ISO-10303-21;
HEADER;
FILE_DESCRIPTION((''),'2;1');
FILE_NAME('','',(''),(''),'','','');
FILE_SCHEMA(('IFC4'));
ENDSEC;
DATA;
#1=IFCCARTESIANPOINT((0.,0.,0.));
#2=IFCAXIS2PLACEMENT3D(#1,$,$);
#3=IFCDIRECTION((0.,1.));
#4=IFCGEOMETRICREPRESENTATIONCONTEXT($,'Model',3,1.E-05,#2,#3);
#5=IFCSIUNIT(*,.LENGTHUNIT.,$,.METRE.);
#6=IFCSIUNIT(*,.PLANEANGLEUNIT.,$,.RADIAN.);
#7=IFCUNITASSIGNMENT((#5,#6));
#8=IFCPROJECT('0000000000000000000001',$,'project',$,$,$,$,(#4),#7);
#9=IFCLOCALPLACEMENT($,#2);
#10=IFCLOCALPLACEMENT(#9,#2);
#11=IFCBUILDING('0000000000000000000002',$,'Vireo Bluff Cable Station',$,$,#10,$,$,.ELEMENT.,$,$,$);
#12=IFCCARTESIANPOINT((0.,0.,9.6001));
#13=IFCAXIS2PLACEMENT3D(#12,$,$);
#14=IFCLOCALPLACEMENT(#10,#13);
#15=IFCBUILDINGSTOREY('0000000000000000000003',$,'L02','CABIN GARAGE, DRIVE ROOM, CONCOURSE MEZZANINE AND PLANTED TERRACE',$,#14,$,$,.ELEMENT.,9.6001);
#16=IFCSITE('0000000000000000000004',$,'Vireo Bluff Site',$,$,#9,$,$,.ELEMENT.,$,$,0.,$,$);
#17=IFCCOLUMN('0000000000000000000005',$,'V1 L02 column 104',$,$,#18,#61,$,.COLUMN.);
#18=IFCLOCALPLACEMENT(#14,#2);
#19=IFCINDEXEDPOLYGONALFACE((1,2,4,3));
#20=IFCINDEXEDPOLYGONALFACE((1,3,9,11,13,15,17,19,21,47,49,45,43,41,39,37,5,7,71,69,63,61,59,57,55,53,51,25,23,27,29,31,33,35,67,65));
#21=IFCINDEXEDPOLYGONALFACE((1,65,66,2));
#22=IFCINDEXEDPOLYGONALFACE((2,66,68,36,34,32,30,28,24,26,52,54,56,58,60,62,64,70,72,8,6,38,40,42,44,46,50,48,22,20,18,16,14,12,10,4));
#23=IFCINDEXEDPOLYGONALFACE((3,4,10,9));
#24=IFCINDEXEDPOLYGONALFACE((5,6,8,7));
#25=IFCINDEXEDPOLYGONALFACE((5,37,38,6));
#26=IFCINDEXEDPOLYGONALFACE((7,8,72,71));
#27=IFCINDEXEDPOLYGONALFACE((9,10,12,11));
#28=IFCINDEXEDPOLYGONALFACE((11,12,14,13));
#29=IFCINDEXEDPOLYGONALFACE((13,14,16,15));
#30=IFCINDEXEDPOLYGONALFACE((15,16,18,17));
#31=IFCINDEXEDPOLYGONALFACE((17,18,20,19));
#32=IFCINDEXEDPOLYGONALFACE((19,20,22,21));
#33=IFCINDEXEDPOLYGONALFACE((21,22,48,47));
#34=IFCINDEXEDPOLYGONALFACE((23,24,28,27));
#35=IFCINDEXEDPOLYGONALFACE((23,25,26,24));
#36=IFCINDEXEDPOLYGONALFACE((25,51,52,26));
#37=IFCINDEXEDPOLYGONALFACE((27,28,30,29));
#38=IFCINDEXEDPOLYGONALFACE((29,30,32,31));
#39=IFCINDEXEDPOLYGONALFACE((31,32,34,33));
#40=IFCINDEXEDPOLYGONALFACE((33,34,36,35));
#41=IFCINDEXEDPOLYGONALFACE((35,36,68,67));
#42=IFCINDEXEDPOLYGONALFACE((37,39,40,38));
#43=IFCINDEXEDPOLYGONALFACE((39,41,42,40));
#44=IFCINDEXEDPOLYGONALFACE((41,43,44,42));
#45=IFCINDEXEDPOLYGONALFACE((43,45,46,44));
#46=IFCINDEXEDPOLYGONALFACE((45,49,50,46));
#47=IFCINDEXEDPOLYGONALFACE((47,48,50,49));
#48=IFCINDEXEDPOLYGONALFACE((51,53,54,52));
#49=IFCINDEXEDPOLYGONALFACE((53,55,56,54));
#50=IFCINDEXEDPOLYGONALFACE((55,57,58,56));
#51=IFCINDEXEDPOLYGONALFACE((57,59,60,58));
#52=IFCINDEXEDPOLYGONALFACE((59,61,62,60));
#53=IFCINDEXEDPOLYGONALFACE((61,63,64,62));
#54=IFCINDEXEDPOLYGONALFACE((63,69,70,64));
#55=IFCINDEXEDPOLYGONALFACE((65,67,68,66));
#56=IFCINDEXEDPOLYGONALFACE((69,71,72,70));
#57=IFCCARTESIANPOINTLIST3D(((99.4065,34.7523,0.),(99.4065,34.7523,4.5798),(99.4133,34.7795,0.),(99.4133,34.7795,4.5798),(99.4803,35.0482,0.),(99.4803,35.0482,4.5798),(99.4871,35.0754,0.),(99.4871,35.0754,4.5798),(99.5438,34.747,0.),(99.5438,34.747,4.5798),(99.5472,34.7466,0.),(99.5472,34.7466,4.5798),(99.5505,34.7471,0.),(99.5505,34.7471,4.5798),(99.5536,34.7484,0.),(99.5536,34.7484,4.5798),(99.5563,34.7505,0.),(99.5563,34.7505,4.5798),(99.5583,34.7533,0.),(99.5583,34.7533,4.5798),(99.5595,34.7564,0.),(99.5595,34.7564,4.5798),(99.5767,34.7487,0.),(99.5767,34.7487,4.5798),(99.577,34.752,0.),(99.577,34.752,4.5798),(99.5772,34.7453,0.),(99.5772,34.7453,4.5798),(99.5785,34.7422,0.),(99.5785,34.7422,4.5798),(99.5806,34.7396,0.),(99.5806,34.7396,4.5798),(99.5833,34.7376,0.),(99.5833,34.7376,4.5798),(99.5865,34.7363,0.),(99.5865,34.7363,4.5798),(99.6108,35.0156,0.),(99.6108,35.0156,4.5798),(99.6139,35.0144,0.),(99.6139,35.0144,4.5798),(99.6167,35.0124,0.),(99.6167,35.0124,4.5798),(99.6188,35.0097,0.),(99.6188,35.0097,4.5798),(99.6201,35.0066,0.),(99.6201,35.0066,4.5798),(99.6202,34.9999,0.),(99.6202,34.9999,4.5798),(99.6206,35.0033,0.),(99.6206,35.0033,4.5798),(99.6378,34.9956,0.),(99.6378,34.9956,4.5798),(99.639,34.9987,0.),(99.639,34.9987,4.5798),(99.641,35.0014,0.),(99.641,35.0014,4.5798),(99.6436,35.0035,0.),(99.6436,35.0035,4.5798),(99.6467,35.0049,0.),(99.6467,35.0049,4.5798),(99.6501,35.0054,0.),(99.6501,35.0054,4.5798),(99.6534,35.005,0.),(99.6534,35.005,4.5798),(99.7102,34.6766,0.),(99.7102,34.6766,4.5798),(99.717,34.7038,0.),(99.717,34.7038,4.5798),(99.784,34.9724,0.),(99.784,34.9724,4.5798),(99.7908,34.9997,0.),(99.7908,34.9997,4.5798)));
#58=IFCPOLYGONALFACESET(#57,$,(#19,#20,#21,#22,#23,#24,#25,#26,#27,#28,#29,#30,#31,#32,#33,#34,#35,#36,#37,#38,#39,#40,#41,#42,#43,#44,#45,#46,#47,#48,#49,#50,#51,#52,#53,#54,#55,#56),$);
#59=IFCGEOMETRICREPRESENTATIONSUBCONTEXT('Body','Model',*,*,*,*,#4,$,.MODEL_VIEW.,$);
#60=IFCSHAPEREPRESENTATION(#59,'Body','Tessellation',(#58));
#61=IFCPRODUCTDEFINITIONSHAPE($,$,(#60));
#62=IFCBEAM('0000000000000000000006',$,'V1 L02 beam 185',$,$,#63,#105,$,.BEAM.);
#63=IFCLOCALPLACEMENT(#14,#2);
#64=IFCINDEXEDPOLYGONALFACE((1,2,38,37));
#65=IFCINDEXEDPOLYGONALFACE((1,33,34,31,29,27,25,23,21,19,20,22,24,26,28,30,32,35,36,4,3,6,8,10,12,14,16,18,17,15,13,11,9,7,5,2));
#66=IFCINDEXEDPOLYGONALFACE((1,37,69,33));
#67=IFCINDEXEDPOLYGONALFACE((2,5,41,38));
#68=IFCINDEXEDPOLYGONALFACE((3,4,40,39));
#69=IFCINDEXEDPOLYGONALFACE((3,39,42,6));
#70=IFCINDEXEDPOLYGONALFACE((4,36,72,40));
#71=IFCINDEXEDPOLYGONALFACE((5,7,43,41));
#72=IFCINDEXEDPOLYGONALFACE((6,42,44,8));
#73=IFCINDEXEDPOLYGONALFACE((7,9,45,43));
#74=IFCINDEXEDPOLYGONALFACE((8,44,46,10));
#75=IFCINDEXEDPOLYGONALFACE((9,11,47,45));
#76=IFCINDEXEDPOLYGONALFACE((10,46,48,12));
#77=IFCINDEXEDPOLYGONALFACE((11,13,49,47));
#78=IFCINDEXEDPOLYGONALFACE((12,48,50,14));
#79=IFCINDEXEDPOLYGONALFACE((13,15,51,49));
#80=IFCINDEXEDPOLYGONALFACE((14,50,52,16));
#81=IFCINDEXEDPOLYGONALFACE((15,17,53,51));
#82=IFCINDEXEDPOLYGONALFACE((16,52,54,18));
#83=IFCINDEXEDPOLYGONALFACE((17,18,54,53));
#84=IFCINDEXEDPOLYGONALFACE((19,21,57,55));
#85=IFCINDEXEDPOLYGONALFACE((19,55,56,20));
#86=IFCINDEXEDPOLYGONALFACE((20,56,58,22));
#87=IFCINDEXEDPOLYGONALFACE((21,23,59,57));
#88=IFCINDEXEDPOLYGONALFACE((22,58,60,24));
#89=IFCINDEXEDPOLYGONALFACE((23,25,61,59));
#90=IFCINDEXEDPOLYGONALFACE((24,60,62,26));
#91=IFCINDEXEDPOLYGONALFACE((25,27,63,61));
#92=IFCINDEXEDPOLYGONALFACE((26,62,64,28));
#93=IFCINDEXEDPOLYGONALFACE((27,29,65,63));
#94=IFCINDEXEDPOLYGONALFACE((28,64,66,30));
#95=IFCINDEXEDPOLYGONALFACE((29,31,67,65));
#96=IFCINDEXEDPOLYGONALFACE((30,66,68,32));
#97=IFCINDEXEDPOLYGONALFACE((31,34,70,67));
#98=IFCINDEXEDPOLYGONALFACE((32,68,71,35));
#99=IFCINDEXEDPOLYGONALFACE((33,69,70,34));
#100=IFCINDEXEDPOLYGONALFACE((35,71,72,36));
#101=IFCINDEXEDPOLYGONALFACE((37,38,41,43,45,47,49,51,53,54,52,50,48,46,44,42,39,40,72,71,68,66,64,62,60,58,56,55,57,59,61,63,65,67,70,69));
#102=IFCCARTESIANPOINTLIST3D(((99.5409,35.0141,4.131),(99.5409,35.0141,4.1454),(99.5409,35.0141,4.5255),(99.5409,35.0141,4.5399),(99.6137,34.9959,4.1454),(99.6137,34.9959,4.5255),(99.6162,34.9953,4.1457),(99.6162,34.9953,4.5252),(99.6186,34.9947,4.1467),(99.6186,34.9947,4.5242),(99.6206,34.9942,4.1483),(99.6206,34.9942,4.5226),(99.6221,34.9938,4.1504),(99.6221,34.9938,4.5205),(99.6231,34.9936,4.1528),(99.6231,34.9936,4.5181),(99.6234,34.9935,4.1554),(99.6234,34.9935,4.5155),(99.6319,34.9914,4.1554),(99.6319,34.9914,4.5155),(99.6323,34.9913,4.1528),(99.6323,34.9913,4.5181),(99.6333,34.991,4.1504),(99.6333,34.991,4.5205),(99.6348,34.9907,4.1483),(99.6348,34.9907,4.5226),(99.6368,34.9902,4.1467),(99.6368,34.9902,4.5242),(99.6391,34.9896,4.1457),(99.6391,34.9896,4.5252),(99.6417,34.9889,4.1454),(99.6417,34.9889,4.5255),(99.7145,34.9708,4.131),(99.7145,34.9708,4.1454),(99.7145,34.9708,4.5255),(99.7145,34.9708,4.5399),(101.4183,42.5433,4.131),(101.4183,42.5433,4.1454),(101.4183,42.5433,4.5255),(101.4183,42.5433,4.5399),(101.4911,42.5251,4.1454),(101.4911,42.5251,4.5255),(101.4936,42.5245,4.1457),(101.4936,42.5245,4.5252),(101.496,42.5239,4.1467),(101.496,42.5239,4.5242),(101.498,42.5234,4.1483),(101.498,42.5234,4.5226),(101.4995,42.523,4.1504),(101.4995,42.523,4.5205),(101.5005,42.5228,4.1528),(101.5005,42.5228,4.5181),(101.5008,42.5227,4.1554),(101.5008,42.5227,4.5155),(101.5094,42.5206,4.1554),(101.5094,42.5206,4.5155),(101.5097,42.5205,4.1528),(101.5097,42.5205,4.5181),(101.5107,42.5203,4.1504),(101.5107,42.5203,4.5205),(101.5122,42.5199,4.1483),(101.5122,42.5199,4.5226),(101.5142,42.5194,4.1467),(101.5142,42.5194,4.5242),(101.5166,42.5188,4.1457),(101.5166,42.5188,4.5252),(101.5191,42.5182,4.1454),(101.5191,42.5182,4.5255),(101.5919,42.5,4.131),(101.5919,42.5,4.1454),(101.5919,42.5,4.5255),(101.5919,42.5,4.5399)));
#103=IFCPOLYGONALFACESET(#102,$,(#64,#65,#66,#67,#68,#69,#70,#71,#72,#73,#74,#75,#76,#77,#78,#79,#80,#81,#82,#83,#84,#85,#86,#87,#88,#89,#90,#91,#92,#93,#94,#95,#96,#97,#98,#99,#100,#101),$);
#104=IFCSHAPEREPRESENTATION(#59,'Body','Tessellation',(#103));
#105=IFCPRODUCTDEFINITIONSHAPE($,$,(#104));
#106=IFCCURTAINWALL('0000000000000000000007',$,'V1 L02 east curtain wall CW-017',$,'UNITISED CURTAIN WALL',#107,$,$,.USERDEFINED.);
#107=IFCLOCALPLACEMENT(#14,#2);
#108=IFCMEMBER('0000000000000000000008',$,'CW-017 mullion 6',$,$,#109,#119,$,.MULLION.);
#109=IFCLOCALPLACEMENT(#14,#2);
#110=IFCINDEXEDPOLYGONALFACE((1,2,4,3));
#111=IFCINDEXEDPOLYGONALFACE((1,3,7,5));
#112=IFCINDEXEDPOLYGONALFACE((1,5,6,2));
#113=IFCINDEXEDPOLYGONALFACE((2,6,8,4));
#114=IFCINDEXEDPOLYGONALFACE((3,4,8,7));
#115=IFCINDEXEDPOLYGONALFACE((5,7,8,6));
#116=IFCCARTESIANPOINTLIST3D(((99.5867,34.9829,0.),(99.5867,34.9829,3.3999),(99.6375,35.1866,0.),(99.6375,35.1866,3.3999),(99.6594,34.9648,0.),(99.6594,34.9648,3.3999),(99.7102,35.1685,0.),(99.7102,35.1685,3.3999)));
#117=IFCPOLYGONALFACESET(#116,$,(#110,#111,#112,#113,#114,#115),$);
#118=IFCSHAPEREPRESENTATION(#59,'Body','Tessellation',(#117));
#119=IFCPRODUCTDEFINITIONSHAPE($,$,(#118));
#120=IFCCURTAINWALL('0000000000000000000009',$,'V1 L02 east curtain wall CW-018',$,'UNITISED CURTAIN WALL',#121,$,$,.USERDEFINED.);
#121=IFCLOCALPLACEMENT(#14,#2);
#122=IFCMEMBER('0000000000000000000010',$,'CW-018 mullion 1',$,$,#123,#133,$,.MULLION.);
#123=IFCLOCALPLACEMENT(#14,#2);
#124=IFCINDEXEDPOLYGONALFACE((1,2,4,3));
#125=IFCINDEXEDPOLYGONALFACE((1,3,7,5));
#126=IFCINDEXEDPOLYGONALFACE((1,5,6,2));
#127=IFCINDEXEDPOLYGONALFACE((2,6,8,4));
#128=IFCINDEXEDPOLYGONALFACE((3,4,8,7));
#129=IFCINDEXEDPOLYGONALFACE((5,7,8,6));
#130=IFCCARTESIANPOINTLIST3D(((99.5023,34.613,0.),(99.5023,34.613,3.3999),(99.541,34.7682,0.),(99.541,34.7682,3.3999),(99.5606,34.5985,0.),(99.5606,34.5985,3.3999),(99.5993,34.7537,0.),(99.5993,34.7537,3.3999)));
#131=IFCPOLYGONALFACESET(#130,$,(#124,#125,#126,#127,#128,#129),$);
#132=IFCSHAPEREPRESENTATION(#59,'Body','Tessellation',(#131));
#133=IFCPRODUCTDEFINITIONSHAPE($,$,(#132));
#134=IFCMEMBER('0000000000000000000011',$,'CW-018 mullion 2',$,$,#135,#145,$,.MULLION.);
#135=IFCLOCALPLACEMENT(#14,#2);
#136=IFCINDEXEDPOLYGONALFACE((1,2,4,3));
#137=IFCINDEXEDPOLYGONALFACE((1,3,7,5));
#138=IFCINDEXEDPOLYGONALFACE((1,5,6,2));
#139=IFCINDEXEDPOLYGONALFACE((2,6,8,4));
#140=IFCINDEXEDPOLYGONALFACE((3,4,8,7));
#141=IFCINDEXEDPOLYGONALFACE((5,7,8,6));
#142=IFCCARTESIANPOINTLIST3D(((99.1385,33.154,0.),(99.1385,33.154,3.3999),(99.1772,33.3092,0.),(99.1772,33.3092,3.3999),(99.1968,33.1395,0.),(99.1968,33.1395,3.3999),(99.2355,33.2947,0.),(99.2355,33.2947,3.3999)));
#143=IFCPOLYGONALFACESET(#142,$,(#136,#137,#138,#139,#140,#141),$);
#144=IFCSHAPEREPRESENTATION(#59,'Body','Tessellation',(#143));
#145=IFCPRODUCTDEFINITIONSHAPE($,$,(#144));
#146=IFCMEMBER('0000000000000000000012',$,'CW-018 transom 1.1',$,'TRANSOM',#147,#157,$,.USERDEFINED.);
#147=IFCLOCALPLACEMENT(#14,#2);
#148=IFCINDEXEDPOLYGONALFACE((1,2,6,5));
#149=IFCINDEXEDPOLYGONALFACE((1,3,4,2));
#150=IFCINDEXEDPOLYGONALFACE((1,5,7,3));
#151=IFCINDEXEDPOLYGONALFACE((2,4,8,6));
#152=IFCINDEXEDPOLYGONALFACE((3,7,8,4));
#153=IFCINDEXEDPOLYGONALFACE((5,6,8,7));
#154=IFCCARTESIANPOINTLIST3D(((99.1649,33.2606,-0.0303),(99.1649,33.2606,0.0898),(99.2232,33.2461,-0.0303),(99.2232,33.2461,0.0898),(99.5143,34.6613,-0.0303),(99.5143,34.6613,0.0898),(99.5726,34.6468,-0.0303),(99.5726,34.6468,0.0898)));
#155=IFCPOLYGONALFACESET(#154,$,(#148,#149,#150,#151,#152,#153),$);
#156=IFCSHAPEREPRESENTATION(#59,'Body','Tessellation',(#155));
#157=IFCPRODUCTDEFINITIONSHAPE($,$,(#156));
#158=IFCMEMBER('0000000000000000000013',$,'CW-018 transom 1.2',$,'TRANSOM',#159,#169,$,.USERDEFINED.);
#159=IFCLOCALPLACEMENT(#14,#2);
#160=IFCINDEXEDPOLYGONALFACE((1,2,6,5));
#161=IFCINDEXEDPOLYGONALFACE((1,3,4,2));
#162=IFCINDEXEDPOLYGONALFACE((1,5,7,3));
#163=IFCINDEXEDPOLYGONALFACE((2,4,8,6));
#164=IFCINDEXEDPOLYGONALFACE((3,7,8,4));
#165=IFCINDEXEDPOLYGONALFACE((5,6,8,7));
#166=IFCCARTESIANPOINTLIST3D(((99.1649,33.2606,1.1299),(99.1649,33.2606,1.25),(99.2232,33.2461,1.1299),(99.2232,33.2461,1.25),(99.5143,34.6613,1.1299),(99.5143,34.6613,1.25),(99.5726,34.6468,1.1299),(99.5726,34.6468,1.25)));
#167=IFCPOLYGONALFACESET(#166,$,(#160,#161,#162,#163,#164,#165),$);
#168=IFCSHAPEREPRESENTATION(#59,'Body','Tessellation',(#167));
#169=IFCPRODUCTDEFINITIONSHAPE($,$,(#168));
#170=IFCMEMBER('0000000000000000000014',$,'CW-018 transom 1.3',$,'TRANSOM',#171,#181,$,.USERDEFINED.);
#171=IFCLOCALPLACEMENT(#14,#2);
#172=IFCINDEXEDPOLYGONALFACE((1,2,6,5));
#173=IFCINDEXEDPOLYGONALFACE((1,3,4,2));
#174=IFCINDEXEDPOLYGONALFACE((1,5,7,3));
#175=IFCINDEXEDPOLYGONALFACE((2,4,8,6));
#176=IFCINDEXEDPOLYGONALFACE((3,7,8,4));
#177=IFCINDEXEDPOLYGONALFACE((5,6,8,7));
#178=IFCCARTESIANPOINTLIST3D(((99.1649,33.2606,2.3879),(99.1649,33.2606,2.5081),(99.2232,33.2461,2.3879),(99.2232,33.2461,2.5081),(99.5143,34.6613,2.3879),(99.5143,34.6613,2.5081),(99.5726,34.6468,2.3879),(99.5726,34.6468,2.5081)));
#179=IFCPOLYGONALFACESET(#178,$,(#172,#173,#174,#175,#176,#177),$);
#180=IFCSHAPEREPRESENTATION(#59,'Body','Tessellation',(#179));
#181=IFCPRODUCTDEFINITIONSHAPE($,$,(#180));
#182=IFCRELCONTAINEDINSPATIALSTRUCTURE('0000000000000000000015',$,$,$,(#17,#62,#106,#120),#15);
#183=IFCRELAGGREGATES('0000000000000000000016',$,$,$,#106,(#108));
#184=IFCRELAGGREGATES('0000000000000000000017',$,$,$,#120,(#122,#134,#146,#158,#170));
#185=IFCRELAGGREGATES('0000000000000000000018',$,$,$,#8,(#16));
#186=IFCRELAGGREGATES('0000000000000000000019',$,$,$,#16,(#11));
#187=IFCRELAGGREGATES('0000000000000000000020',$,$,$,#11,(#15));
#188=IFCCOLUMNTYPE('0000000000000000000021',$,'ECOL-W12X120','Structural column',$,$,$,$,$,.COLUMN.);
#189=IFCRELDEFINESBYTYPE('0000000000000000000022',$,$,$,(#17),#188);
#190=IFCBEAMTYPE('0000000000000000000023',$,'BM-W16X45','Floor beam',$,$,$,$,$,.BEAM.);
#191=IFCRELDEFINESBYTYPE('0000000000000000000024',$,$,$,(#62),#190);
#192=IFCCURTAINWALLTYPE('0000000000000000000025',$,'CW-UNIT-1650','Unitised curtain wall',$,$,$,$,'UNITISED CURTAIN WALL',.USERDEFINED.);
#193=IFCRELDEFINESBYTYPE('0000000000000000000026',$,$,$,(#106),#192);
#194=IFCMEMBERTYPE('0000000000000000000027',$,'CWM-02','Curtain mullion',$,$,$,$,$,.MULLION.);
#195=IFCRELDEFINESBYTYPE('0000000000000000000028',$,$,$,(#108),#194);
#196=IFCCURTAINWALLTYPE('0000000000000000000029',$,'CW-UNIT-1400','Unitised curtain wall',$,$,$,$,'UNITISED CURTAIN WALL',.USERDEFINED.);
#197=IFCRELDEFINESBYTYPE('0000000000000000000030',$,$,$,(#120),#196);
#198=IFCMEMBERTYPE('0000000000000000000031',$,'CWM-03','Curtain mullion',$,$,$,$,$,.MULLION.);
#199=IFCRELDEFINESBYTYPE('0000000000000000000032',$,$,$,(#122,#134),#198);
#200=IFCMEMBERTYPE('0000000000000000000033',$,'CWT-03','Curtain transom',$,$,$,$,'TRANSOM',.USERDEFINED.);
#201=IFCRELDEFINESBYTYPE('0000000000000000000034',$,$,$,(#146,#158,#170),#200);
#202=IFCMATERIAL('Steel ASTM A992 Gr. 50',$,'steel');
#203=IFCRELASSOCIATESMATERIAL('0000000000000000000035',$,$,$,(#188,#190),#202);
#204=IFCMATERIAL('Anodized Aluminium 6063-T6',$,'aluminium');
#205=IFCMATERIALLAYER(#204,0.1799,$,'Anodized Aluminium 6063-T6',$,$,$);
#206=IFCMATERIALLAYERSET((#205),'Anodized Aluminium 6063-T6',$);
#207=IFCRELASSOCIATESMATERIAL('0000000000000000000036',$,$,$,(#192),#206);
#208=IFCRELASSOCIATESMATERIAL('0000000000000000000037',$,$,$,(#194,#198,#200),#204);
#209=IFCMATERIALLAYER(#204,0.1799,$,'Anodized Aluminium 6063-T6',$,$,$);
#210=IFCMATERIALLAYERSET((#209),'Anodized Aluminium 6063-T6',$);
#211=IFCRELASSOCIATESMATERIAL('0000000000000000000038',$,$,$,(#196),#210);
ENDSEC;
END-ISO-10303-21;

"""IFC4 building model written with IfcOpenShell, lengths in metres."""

from ifc_helpers import new_model, si_unit, direction, frame, origin, origin_2d, place, context, subcontext, project, spatial, rectangle, i_section, extrude, material, layer, layer_set, material_profile, profile_set, type_object, element, aggregate, save


model = new_model("IFC4")

# Units and contexts
model_context = context("Model", 3, precision=1e-05, world=origin(), true_north=direction((0.0, 1.0)))
body_context = subcontext(model_context, "Body", "Model", "MODEL_VIEW")
ifc_project = project(units=[si_unit("LENGTHUNIT", "METRE"), si_unit("PLANEANGLEUNIT", "RADIAN")], contexts=[model_context])

# Site, building, storey
site_placement = place(None, origin())
site = spatial("IfcSite", under=ifc_project, at=site_placement, Name="Vireo Bluff Site", CompositionType="ELEMENT", RefElevation=0.0)
building_placement = place(site_placement, origin())
building = spatial("IfcBuilding", under=site, at=building_placement, Name="Vireo Bluff Cable Station", CompositionType="ELEMENT")
storey_placement = place(building_placement, frame((0.0, 0.0, 9.6001)))
storey = spatial("IfcBuildingStorey", under=building, at=storey_placement, Name="L02", Description="CABIN GARAGE, DRIVE ROOM, CONCOURSE MEZZANINE AND PLANTED TERRACE", CompositionType="ELEMENT", Elevation=9.6001)

# Column
ifc_material_1 = material(Name="Steel ASTM A992 Gr. 50", Category="steel")
ifc_material_profile_1 = material_profile(ifc_material_1, i_section(OverallWidth=0.313, OverallDepth=0.333, WebThickness=0.0181, FlangeThickness=0.0281, FilletRadius=0.0129, at=origin_2d()), Name="W12X120")
ifc_profile_set_1 = profile_set([ifc_material_profile_1], Name="Steel ASTM A992 Gr. 50")
column_type = type_object("IfcColumnType", Name="ECOL-W12X120", Description="Structural column", PredefinedType="COLUMN", material=ifc_profile_set_1)
column_placement = place(storey_placement, frame((99.5986, 34.876, 0.0), z_axis=(0.0, 0.0, 1.0), x_axis=(0.970296, -0.241922, 0.0)))
element("IfcColumn", 1, at=column_placement, inside=storey, type_object=column_type, Name="V1 L02 column 104", PredefinedType="COLUMN", context=body_context, shape_type="SweptSolid", body=[
    extrude(i_section(OverallWidth=0.313, OverallDepth=0.333, WebThickness=0.0181, FlangeThickness=0.0281, FilletRadius=0.0129, at=origin_2d()), origin(), (0.0, 0.0, 1.0), 4.5798),
])

# Beam
ifc_material_profile_2 = material_profile(ifc_material_1, i_section(OverallWidth=0.179, OverallDepth=0.4089, WebThickness=0.0088, FlangeThickness=0.0144, FilletRadius=0.01, at=origin_2d()), Name="W16X45")
ifc_profile_set_2 = profile_set([ifc_material_profile_2], Name="Steel ASTM A992 Gr. 50")
beam_type_1 = type_object("IfcBeamType", Name="BM-W16X45", Description="Floor beam", PredefinedType="BEAM", material=ifc_profile_set_2)
beam_1_placement = place(storey_placement, frame((99.6277, 34.9924, 4.3354), z_axis=(0.241943, 0.97029, 0.0), x_axis=(-0.97029, 0.241943, 0.0)))
element("IfcBeam", 2, at=beam_1_placement, inside=storey, type_object=beam_type_1, Name="V1 L02 beam 185", PredefinedType="BEAM", context=body_context, shape_type="SweptSolid", body=[
    extrude(i_section(OverallWidth=0.179, OverallDepth=0.4089, WebThickness=0.0088, FlangeThickness=0.0144, FilletRadius=0.01, at=origin_2d()), origin(), (0.0, 0.0, 1.0), 7.7598),
])

# Curtain wall, member
ifc_material_2 = material(Name="Anodized Aluminium 6063-T6", Category="aluminium")
ifc_layer_1 = layer(ifc_material_2, 0.1799, Name="Anodized Aluminium 6063-T6")
ifc_layer_set_1 = layer_set([ifc_layer_1], Name="Anodized Aluminium 6063-T6")
curtain_wall_type_1 = type_object("IfcCurtainWallType", Name="CW-UNIT-1650", Description="Unitised curtain wall", ElementType="UNITISED CURTAIN WALL", PredefinedType="USERDEFINED", material=ifc_layer_set_1)
curtain_wall_1_placement = place(storey_placement, origin())
curtain_wall_1 = element("IfcCurtainWall", 3, at=curtain_wall_1_placement, inside=storey, type_object=curtain_wall_type_1, Name="V1 L02 east curtain wall CW-017", ObjectType="UNITISED CURTAIN WALL", PredefinedType="USERDEFINED")
ifc_material_profile_3 = material_profile(ifc_material_2, rectangle(XDim=0.075, YDim=0.21, at=origin_2d()), Name="ALU-M-75X210")
ifc_profile_set_3 = profile_set([ifc_material_profile_3], Name="Anodized Aluminium 6063-T6")
member_type_1 = type_object("IfcMemberType", Name="CWM-02", Description="Curtain mullion", PredefinedType="MULLION", material=ifc_profile_set_3)
member_1_placement = place(storey_placement, frame((99.6484, 35.0757, 0.0), z_axis=(0.0, 0.0, 1.0), x_axis=(0.970296, -0.241922, 0.0)))
member_1 = element("IfcMember", 4, at=member_1_placement, type_object=member_type_1, Name="CW-017 mullion 6", PredefinedType="MULLION", context=body_context, shape_type="SweptSolid", body=[
    extrude(rectangle(XDim=0.075, YDim=0.21, at=origin_2d()), origin(), (0.0, 0.0, 1.0), 3.3999),
])

# Curtain wall, members
ifc_layer_2 = layer(ifc_material_2, 0.1799, Name="Anodized Aluminium 6063-T6")
ifc_layer_set_2 = layer_set([ifc_layer_2], Name="Anodized Aluminium 6063-T6")
curtain_wall_type_2 = type_object("IfcCurtainWallType", Name="CW-UNIT-1400", Description="Unitised curtain wall", ElementType="UNITISED CURTAIN WALL", PredefinedType="USERDEFINED", material=ifc_layer_set_2)
curtain_wall_2_placement = place(storey_placement, origin())
curtain_wall_2 = element("IfcCurtainWall", 5, at=curtain_wall_2_placement, inside=storey, type_object=curtain_wall_type_2, Name="V1 L02 east curtain wall CW-018", ObjectType="UNITISED CURTAIN WALL", PredefinedType="USERDEFINED")
ifc_material_profile_4 = material_profile(ifc_material_2, rectangle(XDim=0.0601, YDim=0.1599, at=origin_2d()), Name="ALU-M-60X160")
ifc_profile_set_4 = profile_set([ifc_material_profile_4], Name="Anodized Aluminium 6063-T6")
member_type_2 = type_object("IfcMemberType", Name="CWM-03", Description="Curtain mullion", PredefinedType="MULLION", material=ifc_profile_set_4)
member_2_placement = place(storey_placement, frame((99.5508, 34.6833, 0.0), z_axis=(0.0, 0.0, 1.0), x_axis=(0.970296, -0.241922, 0.0)))
member_2 = element("IfcMember", 6, at=member_2_placement, type_object=member_type_2, Name="CW-018 mullion 1", PredefinedType="MULLION", context=body_context, shape_type="SweptSolid", body=[
    extrude(rectangle(XDim=0.0601, YDim=0.1599, at=origin_2d()), origin(), (0.0, 0.0, 1.0), 3.3999),
])
member_3_placement = place(storey_placement, frame((99.187, 33.2244, 0.0), z_axis=(0.0, 0.0, 1.0), x_axis=(0.970296, -0.241922, 0.0)))
member_3 = element("IfcMember", 7, at=member_3_placement, type_object=member_type_2, Name="CW-018 mullion 2", PredefinedType="MULLION", context=body_context, shape_type="SweptSolid", body=[
    extrude(rectangle(XDim=0.0601, YDim=0.1599, at=origin_2d()), origin(), (0.0, 0.0, 1.0), 3.3999),
])
ifc_material_profile_5 = material_profile(ifc_material_2, rectangle(XDim=0.0601, YDim=0.1201, at=origin_2d()), Name="ALU-T-60X120")
ifc_profile_set_5 = profile_set([ifc_material_profile_5], Name="Anodized Aluminium 6063-T6")
member_type_3 = type_object("IfcMemberType", Name="CWT-03", Description="Curtain transom", ElementType="TRANSOM", PredefinedType="USERDEFINED", material=ifc_profile_set_5)
member_4_placement = place(storey_placement, frame((99.5435, 34.6541, 0.0298), z_axis=(-0.242018, -0.970272, 0.0), x_axis=(0.970272, -0.242018, 0.0)))
member_4 = element("IfcMember", 8, at=member_4_placement, type_object=member_type_3, Name="CW-018 transom 1.1", ObjectType="TRANSOM", PredefinedType="USERDEFINED", context=body_context, shape_type="SweptSolid", body=[
    extrude(rectangle(XDim=0.0601, YDim=0.1201, at=origin_2d()), origin(), (0.0, 0.0, 1.0), 1.4436),
])
member_5_placement = place(storey_placement, frame((99.5435, 34.6541, 1.1899), z_axis=(-0.242018, -0.970272, 0.0), x_axis=(0.970272, -0.242018, 0.0)))
member_5 = element("IfcMember", 9, at=member_5_placement, type_object=member_type_3, Name="CW-018 transom 1.2", ObjectType="TRANSOM", PredefinedType="USERDEFINED", context=body_context, shape_type="SweptSolid", body=[
    extrude(rectangle(XDim=0.0601, YDim=0.1201, at=origin_2d()), origin(), (0.0, 0.0, 1.0), 1.4436),
])
member_6_placement = place(storey_placement, frame((99.5435, 34.6541, 2.448), z_axis=(-0.242018, -0.970272, 0.0), x_axis=(0.970272, -0.242018, 0.0)))
member_6 = element("IfcMember", 10, at=member_6_placement, type_object=member_type_3, Name="CW-018 transom 1.3", ObjectType="TRANSOM", PredefinedType="USERDEFINED", context=body_context, shape_type="SweptSolid", body=[
    extrude(rectangle(XDim=0.0601, YDim=0.1201, at=origin_2d()), origin(), (0.0, 0.0, 1.0), 1.4436),
])

aggregate(curtain_wall_1, [member_1])
aggregate(curtain_wall_2, [member_2, member_3, member_4, member_5, member_6])

save(model, "model.ifc")
